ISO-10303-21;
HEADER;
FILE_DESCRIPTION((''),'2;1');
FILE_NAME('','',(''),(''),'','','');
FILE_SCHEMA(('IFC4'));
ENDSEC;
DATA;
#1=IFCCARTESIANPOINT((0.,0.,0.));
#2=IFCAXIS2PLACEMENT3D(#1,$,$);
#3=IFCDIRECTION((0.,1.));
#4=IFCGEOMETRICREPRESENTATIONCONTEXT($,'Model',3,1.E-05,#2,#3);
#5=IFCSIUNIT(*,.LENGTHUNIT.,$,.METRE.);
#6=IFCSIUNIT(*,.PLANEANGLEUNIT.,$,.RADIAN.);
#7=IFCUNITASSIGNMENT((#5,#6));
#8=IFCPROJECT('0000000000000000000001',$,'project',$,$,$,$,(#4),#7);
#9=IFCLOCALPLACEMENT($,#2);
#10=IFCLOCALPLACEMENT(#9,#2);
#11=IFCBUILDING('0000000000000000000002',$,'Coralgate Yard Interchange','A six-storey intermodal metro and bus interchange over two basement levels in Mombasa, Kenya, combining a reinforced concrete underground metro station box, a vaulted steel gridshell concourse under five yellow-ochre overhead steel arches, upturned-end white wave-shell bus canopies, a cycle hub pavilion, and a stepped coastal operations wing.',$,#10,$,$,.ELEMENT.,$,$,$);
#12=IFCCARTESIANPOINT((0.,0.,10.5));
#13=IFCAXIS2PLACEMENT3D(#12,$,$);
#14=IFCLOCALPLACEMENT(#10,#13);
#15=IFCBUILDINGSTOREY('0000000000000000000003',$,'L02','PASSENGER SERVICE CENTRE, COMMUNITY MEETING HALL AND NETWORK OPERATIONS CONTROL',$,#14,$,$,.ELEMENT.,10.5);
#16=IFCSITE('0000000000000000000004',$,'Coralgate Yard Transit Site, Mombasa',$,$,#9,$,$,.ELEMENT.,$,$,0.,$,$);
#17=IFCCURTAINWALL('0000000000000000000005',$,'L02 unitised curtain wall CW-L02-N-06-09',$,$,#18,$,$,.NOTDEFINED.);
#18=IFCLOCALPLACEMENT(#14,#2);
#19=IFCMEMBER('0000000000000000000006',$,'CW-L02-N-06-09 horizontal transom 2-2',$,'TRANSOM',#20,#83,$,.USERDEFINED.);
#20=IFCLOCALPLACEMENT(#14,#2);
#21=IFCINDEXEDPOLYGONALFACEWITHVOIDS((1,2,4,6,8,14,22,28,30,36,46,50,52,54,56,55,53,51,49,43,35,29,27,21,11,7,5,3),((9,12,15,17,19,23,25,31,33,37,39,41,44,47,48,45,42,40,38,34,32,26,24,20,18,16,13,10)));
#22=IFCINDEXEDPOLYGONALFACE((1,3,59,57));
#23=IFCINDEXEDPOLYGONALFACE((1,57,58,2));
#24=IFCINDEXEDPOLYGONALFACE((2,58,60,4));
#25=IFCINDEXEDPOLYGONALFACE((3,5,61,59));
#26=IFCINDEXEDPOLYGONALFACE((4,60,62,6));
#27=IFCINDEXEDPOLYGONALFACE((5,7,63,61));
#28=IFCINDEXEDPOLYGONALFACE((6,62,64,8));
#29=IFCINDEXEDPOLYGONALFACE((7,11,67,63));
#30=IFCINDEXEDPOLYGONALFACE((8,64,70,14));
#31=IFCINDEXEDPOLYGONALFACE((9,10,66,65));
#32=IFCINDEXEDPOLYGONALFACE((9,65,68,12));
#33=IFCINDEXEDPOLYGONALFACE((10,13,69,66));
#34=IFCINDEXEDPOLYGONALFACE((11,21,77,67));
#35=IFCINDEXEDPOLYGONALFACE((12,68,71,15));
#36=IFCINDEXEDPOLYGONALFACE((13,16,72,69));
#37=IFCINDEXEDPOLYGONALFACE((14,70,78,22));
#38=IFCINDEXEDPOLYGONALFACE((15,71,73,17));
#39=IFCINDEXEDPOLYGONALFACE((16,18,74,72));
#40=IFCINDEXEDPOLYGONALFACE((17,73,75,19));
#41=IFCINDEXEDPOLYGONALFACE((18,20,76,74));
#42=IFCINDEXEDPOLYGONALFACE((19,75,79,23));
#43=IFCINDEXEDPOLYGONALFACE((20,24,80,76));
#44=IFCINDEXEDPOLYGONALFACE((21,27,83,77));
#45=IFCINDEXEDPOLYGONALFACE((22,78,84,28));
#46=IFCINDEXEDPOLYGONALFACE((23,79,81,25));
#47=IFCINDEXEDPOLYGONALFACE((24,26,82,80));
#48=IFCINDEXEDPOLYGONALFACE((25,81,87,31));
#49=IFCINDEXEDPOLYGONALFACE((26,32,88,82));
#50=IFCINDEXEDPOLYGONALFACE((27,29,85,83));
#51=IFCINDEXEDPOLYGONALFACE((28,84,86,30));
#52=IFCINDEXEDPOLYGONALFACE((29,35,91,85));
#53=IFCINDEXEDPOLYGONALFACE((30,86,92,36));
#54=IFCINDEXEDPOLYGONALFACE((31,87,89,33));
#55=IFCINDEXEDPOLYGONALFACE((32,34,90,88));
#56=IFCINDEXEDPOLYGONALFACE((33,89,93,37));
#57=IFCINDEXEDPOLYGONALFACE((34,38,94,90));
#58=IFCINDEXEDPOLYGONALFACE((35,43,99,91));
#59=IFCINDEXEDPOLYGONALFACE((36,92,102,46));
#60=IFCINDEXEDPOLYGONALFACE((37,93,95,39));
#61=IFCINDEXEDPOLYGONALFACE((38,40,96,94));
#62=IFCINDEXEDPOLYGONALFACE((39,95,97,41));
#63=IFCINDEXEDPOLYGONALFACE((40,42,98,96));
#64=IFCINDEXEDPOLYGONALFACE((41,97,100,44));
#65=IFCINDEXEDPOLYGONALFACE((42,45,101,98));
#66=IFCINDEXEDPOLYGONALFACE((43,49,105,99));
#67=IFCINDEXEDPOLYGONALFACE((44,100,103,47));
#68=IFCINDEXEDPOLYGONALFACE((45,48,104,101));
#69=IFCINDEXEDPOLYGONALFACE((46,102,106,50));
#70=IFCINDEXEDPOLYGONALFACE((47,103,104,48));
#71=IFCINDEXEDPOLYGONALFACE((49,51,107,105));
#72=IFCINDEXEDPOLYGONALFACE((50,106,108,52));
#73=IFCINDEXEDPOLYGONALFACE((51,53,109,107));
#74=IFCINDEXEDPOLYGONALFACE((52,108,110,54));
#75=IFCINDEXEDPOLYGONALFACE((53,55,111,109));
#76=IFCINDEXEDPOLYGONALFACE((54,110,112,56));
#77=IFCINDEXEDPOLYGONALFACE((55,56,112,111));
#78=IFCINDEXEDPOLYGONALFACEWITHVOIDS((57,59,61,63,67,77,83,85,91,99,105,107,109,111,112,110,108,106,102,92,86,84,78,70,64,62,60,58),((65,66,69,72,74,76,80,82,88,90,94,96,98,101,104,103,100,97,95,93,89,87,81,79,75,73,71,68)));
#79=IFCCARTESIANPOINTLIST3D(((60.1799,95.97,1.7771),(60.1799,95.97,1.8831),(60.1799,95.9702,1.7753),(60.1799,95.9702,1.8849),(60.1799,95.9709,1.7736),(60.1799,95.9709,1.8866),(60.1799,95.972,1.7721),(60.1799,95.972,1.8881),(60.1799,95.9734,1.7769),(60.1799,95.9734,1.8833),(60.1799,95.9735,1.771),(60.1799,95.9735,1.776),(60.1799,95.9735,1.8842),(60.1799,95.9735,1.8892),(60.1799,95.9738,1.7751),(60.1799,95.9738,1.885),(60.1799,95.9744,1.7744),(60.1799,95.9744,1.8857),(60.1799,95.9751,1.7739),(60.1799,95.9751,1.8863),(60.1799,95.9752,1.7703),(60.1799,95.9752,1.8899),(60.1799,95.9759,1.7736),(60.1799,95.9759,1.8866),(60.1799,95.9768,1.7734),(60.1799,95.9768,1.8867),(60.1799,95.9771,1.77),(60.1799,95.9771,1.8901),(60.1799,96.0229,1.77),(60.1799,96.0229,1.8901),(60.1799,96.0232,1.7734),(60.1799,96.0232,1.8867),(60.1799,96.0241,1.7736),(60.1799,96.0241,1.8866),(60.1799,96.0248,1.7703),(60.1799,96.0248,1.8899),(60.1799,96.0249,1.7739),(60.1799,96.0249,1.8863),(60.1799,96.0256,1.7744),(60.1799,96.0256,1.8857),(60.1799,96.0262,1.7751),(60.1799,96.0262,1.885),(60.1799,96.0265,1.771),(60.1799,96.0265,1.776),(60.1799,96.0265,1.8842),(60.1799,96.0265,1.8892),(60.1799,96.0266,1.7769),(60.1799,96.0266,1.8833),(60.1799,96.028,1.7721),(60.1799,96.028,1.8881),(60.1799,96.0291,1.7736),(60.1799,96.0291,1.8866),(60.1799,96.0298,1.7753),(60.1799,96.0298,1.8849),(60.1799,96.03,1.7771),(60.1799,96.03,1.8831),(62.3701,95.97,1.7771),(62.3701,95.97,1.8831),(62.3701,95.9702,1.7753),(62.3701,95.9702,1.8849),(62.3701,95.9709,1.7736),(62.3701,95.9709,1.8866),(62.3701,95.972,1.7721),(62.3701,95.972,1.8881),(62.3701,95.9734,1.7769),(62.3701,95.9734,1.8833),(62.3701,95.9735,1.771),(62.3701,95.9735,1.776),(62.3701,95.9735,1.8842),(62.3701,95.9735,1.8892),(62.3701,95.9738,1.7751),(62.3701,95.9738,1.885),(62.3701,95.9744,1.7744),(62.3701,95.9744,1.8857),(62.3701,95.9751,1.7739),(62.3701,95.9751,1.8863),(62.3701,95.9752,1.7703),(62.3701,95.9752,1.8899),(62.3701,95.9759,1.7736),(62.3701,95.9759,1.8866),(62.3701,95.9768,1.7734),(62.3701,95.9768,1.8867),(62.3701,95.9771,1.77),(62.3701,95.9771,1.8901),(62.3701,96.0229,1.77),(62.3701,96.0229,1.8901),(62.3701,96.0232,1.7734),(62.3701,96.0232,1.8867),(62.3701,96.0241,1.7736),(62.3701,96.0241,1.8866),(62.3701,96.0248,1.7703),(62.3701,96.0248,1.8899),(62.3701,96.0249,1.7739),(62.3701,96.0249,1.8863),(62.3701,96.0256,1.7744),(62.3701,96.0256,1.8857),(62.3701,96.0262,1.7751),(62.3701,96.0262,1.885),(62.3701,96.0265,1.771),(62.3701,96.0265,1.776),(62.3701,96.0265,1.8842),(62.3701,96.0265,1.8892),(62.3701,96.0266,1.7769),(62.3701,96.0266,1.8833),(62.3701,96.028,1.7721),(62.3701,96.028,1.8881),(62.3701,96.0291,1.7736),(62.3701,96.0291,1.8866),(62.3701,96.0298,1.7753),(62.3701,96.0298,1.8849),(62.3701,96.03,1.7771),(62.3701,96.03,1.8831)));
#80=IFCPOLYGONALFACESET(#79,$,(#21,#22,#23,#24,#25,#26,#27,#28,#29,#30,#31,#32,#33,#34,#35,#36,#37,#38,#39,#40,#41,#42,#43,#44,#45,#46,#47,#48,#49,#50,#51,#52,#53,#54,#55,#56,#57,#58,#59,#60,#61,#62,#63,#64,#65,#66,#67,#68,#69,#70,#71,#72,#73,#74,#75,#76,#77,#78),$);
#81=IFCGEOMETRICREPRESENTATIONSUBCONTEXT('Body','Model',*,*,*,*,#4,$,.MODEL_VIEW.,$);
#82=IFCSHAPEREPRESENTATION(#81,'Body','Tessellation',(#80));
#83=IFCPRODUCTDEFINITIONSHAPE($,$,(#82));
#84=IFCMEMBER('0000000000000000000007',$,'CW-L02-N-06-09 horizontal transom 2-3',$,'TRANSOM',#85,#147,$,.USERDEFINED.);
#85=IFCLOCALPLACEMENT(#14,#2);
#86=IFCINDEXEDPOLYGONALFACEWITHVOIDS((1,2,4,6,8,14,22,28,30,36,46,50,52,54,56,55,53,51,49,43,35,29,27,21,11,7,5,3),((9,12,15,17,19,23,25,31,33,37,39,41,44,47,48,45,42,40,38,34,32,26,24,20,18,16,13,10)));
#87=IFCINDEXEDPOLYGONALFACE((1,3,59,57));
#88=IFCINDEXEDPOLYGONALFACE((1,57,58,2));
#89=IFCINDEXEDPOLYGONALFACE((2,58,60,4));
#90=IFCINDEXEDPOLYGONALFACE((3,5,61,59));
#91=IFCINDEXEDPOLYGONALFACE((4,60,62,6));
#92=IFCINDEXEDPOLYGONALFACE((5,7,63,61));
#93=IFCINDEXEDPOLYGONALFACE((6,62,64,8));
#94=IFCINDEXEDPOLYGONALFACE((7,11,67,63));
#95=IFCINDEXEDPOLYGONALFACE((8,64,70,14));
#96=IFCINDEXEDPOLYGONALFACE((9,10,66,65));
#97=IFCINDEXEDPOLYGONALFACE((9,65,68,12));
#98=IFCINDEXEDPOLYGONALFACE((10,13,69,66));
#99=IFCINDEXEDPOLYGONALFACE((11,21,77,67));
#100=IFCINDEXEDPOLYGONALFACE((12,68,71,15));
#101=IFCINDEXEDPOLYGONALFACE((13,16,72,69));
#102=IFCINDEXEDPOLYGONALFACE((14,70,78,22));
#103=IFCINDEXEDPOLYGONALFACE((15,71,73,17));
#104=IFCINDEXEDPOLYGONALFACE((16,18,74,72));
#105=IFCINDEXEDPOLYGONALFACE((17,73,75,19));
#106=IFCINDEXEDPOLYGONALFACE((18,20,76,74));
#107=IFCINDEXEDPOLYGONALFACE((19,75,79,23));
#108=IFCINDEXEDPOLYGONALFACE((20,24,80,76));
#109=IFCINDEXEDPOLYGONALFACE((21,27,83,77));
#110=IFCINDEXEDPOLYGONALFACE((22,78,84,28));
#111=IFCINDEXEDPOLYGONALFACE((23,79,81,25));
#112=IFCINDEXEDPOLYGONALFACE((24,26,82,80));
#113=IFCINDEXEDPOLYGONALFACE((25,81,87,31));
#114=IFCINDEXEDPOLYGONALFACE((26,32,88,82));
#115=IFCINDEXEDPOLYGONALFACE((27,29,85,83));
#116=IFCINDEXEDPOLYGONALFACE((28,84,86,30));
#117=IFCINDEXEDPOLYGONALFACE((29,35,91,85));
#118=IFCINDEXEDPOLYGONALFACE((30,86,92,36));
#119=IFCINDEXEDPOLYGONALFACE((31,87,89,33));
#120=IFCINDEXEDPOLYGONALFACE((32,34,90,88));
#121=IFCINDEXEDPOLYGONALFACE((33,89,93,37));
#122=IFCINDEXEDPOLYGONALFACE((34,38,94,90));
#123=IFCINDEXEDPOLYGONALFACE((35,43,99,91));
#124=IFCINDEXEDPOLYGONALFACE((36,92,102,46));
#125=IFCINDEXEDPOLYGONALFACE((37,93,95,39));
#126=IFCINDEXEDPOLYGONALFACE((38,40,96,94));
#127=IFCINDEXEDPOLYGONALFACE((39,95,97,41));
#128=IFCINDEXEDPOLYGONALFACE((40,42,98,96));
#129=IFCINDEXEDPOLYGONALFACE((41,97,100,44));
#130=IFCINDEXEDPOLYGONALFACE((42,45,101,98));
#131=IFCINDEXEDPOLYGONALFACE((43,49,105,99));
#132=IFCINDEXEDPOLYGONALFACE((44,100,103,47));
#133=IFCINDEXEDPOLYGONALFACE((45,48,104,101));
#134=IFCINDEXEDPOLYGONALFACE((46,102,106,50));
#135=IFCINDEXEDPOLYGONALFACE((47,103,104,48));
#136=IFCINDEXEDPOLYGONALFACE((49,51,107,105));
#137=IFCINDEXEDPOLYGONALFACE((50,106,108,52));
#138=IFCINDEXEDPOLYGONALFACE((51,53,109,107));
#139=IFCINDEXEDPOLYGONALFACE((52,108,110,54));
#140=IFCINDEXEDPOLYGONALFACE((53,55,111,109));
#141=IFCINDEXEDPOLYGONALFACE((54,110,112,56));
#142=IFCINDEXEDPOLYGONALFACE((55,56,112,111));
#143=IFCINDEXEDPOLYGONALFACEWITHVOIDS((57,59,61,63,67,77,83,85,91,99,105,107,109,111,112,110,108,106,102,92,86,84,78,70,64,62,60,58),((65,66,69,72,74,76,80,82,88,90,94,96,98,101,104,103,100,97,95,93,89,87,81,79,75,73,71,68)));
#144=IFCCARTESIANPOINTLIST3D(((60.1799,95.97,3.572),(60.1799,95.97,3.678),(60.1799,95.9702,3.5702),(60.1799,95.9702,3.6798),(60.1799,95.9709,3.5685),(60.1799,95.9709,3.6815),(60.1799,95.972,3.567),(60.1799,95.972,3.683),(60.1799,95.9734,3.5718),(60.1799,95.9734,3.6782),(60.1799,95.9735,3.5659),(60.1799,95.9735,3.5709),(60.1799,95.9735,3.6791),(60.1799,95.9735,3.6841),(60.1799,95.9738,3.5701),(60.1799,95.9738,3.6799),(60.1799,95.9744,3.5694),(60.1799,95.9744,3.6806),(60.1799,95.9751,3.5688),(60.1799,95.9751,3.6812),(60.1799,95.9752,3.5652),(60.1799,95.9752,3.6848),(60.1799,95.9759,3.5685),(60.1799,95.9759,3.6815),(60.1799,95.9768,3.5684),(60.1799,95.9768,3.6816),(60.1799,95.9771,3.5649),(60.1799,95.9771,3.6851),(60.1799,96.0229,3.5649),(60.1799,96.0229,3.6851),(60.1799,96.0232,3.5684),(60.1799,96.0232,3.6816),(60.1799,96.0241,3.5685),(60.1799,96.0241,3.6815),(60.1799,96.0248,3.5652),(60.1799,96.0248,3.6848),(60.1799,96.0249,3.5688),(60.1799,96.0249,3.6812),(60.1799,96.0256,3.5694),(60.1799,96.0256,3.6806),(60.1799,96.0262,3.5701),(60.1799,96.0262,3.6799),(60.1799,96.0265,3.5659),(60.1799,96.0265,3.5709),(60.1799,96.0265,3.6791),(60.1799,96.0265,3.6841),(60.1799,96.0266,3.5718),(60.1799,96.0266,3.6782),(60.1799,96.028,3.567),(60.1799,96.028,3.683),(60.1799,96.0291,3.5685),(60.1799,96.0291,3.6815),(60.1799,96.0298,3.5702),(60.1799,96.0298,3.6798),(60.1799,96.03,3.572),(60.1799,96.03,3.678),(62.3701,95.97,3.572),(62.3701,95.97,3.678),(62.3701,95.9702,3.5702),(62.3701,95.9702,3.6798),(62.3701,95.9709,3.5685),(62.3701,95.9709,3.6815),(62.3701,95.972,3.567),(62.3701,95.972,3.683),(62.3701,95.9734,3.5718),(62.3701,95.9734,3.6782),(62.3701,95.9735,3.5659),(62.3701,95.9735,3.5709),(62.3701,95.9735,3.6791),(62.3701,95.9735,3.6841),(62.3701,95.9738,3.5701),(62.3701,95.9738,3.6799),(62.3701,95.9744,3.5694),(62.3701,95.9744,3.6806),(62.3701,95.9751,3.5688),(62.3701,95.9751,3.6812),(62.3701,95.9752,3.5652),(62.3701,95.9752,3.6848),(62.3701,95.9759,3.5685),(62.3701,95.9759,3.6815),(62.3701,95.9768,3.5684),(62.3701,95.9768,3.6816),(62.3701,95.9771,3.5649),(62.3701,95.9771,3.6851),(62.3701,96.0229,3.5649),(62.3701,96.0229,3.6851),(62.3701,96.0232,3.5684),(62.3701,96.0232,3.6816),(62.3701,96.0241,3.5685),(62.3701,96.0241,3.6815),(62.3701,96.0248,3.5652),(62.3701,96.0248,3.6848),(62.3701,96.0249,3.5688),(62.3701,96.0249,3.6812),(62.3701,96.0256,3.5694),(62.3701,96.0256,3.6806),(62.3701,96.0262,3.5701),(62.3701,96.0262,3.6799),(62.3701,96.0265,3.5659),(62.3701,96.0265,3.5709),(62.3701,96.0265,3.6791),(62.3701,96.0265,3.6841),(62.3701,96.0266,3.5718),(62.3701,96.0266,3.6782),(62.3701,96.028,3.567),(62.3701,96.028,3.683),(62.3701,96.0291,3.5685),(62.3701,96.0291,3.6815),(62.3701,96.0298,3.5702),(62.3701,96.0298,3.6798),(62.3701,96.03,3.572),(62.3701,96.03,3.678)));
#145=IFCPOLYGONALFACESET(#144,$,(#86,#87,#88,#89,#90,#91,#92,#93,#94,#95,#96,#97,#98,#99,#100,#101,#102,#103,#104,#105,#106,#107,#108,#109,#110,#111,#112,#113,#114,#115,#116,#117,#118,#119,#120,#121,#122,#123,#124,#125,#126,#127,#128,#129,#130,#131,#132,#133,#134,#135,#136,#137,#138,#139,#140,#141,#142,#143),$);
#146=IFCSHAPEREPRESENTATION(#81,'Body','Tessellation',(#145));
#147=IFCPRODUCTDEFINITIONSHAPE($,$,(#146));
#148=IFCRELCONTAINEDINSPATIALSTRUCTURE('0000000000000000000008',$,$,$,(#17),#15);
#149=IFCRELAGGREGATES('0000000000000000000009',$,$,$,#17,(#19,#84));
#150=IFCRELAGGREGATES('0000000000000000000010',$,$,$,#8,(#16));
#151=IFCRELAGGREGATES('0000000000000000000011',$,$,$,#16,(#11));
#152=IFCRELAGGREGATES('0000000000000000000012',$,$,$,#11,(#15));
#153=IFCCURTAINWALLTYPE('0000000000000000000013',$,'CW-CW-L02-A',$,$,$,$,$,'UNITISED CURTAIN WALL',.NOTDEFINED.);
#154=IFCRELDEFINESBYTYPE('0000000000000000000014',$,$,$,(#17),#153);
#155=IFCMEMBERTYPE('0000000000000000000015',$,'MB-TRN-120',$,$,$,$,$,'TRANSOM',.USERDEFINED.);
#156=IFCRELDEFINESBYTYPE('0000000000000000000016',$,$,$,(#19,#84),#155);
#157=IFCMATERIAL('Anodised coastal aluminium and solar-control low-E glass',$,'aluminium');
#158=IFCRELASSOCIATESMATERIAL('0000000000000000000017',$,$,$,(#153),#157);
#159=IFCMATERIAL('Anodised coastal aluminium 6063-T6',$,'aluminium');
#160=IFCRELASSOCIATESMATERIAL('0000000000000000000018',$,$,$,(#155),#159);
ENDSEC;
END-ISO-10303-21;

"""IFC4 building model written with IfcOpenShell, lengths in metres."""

from ifc_helpers import new_model, si_unit, direction, frame, origin, origin_2d, place, context, subcontext, project, spatial, hollow_rectangle, extrude, material, material_profile, profile_set, type_object, element, aggregate, save


model = new_model("IFC4")

# Units and contexts
model_context = context("Model", 3, precision=1e-05, world=origin(), true_north=direction((0.0, 1.0)))
body_context = subcontext(model_context, "Body", "Model", "MODEL_VIEW")
ifc_project = project(units=[si_unit("LENGTHUNIT", "METRE"), si_unit("PLANEANGLEUNIT", "RADIAN")], contexts=[model_context])

# Site, building, storey
site_placement = place(None, origin())
site = spatial("IfcSite", under=ifc_project, at=site_placement, Name="Coralgate Yard Transit Site, Mombasa", CompositionType="ELEMENT", RefElevation=0.0)
building_placement = place(site_placement, origin())
building = spatial("IfcBuilding", under=site, at=building_placement, Name="Coralgate Yard Interchange", Description="A six-storey intermodal metro and bus interchange over two basement levels in Mombasa, Kenya, combining a reinforced concrete underground metro station box, a vaulted steel gridshell concourse under five yellow-ochre overhead steel arches, upturned-end white wave-shell bus canopies, a cycle hub pavilion, and a stepped coastal operations wing.", CompositionType="ELEMENT")
storey_placement = place(building_placement, frame((0.0, 0.0, 10.5)))
storey = spatial("IfcBuildingStorey", under=building, at=storey_placement, Name="L02", Description="PASSENGER SERVICE CENTRE, COMMUNITY MEETING HALL AND NETWORK OPERATIONS CONTROL", CompositionType="ELEMENT", Elevation=10.5)

# Curtain wall, members
ifc_material_1 = material(Name="Anodised coastal aluminium and solar-control low-E glass", Category="aluminium")
curtain_wall_type = type_object("IfcCurtainWallType", Name="CW-CW-L02-A", ElementType="UNITISED CURTAIN WALL", PredefinedType="NOTDEFINED", material=ifc_material_1)
curtain_wall_placement = place(storey_placement, origin())
curtain_wall = element("IfcCurtainWall", 1, at=curtain_wall_placement, inside=storey, type_object=curtain_wall_type, Name="L02 unitised curtain wall CW-L02-N-06-09", PredefinedType="NOTDEFINED")
ifc_material_2 = material(Name="Anodised coastal aluminium 6063-T6", Category="aluminium")
ifc_material_profile_1 = material_profile(ifc_material_2, hollow_rectangle(XDim=0.0601, YDim=0.1201, WallThickness=0.0034, InnerFilletRadius=0.0034, OuterFilletRadius=0.0071, at=origin_2d()), Name="ALU 60x120x3.5")
ifc_profile_set_1 = profile_set([ifc_material_profile_1], Name="Anodised coastal aluminium 6063-T6")
member_type_1 = type_object("IfcMemberType", Name="MB-TRN-120", ElementType="TRANSOM", PredefinedType="USERDEFINED", material=ifc_profile_set_1)
member_1_placement = place(storey_placement, frame((60.1799, 96.0, 1.8301), z_axis=(1.0, 0.0, 0.0), x_axis=(0.0, 1.0, 0.0)))
member_1 = element("IfcMember", 2, at=member_1_placement, type_object=member_type_1, Name="CW-L02-N-06-09 horizontal transom 2-2", ObjectType="TRANSOM", PredefinedType="USERDEFINED", context=body_context, shape_type="SweptSolid", body=[
    extrude(hollow_rectangle(XDim=0.0601, YDim=0.1201, WallThickness=0.0034, InnerFilletRadius=0.0034, OuterFilletRadius=0.0071, at=origin_2d()), origin(), (0.0, 0.0, 1.0), 2.1902),
])
member_2_placement = place(storey_placement, frame((60.1799, 96.0, 3.625), z_axis=(1.0, 0.0, 0.0), x_axis=(0.0, 1.0, 0.0)))
member_2 = element("IfcMember", 3, at=member_2_placement, type_object=member_type_1, Name="CW-L02-N-06-09 horizontal transom 2-3", ObjectType="TRANSOM", PredefinedType="USERDEFINED", context=body_context, shape_type="SweptSolid", body=[
    extrude(hollow_rectangle(XDim=0.0601, YDim=0.1201, WallThickness=0.0034, InnerFilletRadius=0.0034, OuterFilletRadius=0.0071, at=origin_2d()), origin(), (0.0, 0.0, 1.0), 2.1902),
])
aggregate(curtain_wall, [member_1, member_2])

save(model, "model.ifc")
